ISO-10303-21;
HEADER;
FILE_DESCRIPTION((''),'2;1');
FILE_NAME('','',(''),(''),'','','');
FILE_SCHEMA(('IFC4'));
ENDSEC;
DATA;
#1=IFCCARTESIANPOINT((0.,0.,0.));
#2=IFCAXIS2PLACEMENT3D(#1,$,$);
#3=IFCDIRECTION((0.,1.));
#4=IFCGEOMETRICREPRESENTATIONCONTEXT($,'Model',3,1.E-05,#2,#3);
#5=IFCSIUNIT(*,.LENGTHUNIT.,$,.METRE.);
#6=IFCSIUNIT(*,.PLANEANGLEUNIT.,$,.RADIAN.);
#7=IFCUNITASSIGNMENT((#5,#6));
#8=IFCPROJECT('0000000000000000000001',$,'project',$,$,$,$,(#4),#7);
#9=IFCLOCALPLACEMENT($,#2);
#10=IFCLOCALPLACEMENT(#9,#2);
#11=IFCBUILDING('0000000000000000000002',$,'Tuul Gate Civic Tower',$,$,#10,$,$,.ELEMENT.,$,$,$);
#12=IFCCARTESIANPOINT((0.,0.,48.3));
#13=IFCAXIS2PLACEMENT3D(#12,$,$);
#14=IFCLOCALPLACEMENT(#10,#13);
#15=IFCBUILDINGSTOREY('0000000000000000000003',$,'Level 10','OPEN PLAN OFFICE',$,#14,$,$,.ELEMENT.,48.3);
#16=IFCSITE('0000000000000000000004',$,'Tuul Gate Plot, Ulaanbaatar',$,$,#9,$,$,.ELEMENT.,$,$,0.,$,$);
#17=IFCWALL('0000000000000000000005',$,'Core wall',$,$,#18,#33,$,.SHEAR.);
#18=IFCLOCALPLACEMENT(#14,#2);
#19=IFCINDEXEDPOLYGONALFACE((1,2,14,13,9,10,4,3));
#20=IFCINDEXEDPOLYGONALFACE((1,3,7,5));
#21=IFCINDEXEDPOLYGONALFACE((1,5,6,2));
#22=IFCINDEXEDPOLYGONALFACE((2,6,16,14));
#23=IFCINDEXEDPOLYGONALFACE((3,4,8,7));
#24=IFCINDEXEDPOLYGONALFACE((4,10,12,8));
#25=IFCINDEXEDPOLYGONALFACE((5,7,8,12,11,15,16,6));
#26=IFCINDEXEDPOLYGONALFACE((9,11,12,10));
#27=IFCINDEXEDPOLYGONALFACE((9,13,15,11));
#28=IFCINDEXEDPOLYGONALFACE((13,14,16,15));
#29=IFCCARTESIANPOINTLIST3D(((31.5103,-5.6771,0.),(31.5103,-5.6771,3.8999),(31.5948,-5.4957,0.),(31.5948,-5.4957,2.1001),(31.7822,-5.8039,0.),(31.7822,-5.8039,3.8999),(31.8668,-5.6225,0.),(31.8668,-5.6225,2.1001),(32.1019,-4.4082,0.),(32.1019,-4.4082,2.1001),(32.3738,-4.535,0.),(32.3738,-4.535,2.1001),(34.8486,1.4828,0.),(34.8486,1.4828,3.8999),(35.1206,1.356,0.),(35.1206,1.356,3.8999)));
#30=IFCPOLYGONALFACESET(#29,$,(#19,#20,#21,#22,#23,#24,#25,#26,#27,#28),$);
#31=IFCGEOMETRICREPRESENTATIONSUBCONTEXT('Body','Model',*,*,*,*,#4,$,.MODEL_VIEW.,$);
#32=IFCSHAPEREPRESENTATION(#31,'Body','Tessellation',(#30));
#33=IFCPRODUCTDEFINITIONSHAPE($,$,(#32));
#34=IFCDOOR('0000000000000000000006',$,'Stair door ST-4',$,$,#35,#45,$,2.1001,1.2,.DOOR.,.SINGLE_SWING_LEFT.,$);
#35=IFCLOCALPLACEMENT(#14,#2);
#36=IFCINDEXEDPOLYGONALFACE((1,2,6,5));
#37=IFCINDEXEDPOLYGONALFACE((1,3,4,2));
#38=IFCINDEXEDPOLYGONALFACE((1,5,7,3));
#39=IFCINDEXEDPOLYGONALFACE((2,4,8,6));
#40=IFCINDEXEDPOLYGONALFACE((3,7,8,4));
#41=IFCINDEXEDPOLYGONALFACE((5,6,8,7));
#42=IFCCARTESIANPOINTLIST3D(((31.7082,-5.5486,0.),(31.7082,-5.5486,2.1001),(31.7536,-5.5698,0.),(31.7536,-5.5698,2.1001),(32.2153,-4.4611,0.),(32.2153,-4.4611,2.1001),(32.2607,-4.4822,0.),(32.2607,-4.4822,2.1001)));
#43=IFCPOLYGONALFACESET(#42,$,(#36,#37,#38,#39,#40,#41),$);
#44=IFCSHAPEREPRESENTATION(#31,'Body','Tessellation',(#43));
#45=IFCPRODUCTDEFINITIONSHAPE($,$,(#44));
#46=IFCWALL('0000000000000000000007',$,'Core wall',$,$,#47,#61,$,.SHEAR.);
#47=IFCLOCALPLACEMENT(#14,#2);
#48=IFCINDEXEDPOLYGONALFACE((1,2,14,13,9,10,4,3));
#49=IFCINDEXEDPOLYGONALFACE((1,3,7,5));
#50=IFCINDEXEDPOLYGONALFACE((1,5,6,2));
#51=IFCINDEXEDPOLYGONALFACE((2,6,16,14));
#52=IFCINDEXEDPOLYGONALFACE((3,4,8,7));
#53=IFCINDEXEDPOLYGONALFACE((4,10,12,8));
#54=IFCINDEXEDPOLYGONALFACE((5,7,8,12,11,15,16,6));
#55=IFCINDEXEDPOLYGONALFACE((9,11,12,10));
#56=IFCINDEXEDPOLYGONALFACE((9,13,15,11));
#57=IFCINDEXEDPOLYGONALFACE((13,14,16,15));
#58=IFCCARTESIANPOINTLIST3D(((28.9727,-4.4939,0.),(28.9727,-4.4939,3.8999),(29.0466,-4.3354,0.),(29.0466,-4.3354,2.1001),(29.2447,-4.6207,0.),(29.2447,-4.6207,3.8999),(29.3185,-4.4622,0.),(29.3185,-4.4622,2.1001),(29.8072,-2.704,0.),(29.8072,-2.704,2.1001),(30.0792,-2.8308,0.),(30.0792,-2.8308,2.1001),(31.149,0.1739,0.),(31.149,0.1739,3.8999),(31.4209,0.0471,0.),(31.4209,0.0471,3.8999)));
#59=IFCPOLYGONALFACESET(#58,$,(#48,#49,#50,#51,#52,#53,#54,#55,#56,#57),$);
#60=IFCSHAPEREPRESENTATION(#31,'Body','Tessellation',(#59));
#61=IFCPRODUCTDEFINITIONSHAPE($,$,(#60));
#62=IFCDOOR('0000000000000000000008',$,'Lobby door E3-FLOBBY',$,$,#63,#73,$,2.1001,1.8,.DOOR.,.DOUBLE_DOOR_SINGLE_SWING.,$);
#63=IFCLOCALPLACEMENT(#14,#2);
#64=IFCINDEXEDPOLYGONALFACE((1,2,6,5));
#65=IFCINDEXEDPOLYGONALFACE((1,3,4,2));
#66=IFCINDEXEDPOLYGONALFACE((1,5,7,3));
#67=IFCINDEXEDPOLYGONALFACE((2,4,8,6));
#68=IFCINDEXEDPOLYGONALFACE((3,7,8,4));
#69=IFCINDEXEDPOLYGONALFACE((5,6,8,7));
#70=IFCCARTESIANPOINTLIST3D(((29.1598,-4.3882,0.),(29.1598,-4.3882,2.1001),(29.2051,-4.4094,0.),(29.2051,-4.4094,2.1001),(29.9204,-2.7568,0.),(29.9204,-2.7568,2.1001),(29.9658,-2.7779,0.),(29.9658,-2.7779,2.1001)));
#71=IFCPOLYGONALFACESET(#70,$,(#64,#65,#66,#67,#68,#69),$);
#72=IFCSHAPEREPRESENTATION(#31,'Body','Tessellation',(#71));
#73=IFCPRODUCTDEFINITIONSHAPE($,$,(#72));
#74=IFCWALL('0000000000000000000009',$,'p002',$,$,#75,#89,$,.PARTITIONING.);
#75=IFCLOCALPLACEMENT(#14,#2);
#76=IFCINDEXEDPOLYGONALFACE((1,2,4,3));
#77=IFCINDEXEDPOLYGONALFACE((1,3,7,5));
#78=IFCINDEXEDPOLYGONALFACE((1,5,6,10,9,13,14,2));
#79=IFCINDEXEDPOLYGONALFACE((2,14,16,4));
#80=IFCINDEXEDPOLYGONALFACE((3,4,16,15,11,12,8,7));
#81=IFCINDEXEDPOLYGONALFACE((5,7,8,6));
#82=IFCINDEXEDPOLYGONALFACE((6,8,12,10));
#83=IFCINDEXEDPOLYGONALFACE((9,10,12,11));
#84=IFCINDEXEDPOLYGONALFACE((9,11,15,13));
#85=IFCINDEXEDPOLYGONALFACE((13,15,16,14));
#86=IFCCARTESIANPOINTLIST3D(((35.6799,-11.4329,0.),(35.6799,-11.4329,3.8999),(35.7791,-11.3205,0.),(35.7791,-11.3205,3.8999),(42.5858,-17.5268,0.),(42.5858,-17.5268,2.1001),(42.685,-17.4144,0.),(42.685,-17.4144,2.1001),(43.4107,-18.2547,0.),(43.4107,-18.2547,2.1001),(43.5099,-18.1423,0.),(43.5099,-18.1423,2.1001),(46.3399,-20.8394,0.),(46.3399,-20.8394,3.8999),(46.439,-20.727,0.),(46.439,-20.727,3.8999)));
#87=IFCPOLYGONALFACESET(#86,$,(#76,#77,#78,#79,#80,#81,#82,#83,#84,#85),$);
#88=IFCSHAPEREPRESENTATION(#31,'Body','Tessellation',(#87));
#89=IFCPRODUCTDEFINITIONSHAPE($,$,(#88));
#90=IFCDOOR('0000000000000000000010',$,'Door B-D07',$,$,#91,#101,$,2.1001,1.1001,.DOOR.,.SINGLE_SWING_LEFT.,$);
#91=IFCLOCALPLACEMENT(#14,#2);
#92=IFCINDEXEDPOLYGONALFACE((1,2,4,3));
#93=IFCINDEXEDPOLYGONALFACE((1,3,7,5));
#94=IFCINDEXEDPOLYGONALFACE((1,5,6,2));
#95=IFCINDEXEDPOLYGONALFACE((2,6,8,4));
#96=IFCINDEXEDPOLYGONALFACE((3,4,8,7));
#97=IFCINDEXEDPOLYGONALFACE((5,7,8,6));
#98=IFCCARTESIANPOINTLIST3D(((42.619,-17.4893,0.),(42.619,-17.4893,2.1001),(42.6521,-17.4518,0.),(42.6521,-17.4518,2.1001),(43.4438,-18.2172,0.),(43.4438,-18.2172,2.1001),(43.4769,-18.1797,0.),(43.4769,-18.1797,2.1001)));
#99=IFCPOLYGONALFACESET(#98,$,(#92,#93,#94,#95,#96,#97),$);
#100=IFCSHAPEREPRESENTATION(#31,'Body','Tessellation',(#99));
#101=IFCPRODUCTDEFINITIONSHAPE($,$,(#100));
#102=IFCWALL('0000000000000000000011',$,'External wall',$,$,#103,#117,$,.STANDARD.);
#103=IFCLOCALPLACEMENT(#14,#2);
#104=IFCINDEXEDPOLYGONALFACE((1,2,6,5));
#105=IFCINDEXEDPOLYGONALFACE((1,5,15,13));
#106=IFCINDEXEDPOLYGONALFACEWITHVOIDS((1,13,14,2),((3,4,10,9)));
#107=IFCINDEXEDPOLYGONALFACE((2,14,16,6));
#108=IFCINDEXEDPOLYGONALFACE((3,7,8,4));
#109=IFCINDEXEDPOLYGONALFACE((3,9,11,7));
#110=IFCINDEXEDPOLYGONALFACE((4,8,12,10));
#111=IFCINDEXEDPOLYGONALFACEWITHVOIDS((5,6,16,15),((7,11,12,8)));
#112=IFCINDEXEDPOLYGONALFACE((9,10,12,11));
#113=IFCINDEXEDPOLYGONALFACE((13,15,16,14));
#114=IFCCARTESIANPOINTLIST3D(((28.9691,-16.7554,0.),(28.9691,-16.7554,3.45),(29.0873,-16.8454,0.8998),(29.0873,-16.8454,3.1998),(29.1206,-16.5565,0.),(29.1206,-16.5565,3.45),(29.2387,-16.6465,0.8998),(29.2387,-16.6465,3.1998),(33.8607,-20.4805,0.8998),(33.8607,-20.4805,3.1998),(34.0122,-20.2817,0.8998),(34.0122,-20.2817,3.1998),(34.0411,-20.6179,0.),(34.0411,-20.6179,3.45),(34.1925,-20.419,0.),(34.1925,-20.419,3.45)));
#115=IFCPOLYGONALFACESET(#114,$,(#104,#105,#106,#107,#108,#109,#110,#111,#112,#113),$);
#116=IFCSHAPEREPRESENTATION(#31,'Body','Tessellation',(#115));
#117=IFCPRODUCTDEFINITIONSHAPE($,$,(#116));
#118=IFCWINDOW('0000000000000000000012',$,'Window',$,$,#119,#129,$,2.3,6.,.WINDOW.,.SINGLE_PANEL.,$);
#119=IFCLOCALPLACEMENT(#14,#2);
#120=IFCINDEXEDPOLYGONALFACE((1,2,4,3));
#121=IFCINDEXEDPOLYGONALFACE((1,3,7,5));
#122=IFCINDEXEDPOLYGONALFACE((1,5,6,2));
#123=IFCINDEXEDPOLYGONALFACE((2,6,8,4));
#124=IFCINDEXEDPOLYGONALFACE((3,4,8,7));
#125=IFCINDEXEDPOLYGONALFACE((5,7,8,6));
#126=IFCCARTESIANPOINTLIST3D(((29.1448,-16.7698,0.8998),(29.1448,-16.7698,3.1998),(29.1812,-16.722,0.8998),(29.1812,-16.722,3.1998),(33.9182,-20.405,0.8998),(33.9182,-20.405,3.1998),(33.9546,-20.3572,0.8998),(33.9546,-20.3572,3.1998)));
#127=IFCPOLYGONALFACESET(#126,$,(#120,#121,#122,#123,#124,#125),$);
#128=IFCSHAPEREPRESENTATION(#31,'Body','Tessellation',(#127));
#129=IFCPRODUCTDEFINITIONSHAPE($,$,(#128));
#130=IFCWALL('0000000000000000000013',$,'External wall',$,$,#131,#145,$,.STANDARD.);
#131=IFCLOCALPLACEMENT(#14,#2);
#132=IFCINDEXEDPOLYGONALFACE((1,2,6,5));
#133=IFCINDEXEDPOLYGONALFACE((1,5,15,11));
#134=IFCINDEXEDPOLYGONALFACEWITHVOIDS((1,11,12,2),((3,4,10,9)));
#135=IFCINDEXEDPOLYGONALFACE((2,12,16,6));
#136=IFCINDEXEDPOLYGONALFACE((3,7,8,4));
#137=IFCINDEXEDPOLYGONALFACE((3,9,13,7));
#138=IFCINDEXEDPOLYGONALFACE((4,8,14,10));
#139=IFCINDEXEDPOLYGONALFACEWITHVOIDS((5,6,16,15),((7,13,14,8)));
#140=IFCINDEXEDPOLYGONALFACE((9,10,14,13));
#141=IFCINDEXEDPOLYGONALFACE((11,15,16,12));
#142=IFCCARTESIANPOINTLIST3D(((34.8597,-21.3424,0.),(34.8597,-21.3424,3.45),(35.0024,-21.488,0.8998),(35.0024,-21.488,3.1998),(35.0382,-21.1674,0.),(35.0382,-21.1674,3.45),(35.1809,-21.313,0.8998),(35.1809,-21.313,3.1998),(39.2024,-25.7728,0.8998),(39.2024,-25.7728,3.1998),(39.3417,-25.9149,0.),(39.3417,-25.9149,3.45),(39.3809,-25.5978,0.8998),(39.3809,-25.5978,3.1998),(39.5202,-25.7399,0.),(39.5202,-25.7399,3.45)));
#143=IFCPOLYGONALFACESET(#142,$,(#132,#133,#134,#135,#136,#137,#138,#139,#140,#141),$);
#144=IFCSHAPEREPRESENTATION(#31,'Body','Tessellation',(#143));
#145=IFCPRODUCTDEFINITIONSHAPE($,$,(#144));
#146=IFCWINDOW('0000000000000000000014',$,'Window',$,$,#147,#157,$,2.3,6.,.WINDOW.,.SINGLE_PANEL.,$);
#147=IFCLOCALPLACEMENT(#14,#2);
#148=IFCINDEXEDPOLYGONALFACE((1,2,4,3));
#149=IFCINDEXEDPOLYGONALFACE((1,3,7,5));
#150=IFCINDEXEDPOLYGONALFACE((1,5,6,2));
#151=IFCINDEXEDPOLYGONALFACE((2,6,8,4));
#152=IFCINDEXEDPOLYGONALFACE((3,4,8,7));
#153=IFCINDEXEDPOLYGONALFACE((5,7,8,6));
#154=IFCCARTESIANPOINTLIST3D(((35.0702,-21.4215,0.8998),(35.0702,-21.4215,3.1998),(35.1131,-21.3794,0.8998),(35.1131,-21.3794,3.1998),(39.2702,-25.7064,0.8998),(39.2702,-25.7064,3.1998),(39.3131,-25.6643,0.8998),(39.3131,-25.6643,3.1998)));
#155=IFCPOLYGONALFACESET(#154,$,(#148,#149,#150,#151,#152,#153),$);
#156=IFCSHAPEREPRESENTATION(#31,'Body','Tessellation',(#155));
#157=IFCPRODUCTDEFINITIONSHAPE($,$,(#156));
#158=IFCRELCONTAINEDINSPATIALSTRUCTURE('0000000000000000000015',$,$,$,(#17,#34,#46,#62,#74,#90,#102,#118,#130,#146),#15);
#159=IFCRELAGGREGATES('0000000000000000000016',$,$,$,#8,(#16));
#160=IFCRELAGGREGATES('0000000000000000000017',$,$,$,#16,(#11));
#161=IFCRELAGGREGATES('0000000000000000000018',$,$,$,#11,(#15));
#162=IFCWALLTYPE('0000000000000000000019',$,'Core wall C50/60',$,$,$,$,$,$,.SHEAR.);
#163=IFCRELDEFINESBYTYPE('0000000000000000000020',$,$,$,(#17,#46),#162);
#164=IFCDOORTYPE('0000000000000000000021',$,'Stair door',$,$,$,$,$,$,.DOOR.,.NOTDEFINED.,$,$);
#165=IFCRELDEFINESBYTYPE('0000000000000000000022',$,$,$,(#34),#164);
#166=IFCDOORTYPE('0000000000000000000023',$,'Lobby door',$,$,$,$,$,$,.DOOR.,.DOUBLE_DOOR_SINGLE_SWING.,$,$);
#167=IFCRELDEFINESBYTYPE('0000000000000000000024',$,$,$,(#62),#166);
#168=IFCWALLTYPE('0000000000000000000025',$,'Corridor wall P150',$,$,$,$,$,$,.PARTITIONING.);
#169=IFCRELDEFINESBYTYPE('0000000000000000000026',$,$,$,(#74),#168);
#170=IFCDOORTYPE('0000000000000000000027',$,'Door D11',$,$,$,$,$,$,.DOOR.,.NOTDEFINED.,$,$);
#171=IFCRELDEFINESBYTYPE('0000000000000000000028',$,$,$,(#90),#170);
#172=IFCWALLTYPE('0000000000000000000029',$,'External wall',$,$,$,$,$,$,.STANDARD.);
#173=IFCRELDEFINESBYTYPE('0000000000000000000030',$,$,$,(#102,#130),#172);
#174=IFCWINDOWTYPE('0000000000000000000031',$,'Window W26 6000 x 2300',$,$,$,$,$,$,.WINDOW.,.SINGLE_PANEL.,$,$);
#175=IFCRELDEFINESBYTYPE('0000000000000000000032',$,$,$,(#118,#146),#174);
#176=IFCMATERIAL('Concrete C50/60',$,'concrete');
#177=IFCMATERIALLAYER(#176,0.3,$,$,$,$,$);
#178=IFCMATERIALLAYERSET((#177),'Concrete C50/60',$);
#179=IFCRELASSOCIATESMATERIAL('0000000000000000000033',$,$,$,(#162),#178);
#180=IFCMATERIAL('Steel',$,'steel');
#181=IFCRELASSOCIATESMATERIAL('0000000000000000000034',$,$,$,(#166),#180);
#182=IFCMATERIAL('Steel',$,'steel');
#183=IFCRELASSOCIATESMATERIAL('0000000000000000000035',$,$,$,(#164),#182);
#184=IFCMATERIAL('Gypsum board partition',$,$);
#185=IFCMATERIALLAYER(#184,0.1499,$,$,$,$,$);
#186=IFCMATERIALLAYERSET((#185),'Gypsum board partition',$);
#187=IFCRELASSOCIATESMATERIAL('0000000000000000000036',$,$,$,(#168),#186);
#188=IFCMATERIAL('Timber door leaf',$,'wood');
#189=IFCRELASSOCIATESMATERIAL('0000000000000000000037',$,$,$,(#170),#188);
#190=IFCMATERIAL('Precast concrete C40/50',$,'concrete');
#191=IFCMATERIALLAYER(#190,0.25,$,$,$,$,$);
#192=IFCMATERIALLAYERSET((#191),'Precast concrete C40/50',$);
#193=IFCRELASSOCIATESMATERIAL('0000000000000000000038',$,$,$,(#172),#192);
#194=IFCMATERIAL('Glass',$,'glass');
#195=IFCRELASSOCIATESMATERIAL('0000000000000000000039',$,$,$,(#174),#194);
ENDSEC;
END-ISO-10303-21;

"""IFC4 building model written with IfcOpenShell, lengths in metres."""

from ifc_helpers import new_model, si_unit, direction, frame, frame_2d, origin, place, context, subcontext, project, spatial, rectangle, extrude, material, layer, layer_set, type_object, element, fill, save


model = new_model("IFC4")

# Units and contexts
model_context = context("Model", 3, precision=1e-05, world=origin(), true_north=direction((0.0, 1.0)))
body_context = subcontext(model_context, "Body", "Model", "MODEL_VIEW")
ifc_project = project(units=[si_unit("LENGTHUNIT", "METRE"), si_unit("PLANEANGLEUNIT", "RADIAN")], contexts=[model_context])

# Site, building, storey
site_placement = place(None, origin())
site = spatial("IfcSite", under=ifc_project, at=site_placement, Name="Tuul Gate Plot, Ulaanbaatar", CompositionType="ELEMENT", RefElevation=0.0)
building_placement = place(site_placement, origin())
building = spatial("IfcBuilding", under=site, at=building_placement, Name="Tuul Gate Civic Tower", CompositionType="ELEMENT")
storey_placement = place(building_placement, frame((0.0, 0.0, 48.3)))
storey = spatial("IfcBuildingStorey", under=building, at=storey_placement, Name="Level 10", Description="OPEN PLAN OFFICE", CompositionType="ELEMENT", Elevation=48.3)

# Shared definitions
ifc_material_1 = material(Name="Concrete C50/60", Category="concrete")
ifc_layer_1 = layer(ifc_material_1, 0.3)
ifc_layer_set_1 = layer_set([ifc_layer_1], Name="Concrete C50/60")
wall_type_1 = type_object("IfcWallType", Name="Core wall C50/60", PredefinedType="SHEAR", material=ifc_layer_set_1)
ifc_material_2 = material(Name="Steel", Category="steel")
door_type_1 = type_object("IfcDoorType", Name="Lobby door", OperationType="DOUBLE_DOOR_SINGLE_SWING", PredefinedType="DOOR", material=ifc_material_2)

# Walls, openings, doors
wall_1_placement = place(storey_placement, frame((31.6462, -5.7405, 0.0), z_axis=(0.0, 0.0, 1.0), x_axis=(0.422583, 0.906324, 0.0)))
wall_1 = element("IfcWall", 1, at=wall_1_placement, inside=storey, type_object=wall_type_1, Name="Core wall", PredefinedType="SHEAR", context=body_context, shape_type="SweptSolid", body=[
    extrude(rectangle(XDim=7.8999, YDim=0.3, at=frame_2d((3.95, 0.0))), origin(), (0.0, 0.0, 1.0), 3.8999),
])
opening_1_placement = place(wall_1_placement, frame((0.2, 0.0, 0.0)))
opening_1 = element("IfcOpeningElement", 2, at=opening_1_placement, cuts=wall_1, PredefinedType="OPENING", context=body_context, shape_type="SweptSolid", body=[
    extrude(rectangle(XDim=1.2, YDim=2.1001, at=frame_2d((0.6001, 1.05))), frame((0.0, 0.1602, 0.0), z_axis=(0.0, -1.0, 0.0), x_axis=(1.0, 0.0, 0.0)), (0.0, 0.0, 1.0), 0.3201),
])
ifc_material_3 = material(Name="Steel", Category="steel")
door_type_2 = type_object("IfcDoorType", Name="Stair door", OperationType="NOTDEFINED", PredefinedType="DOOR", material=ifc_material_3)
door_1_placement = place(opening_1_placement, origin())
door_1 = element("IfcDoor", 3, at=door_1_placement, inside=storey, type_object=door_type_2, Name="Stair door ST-4", OperationType="SINGLE_SWING_LEFT", OverallHeight=2.1001, OverallWidth=1.2, PredefinedType="DOOR", context=body_context, shape_type="SweptSolid", body=[
    extrude(rectangle(XDim=1.2, YDim=2.1001, at=frame_2d((0.6001, 1.05))), frame((0.0, 0.0249, 0.0), z_axis=(0.0, -1.0, 0.0), x_axis=(1.0, 0.0, 0.0)), (0.0, 0.0, 1.0), 0.05),
])
fill(opening_1, door_1)
wall_2_placement = place(storey_placement, frame((29.1086, -4.5574, 0.0), z_axis=(0.0, 0.0, 1.0), x_axis=(0.422566, 0.906332, 0.0)))
wall_2 = element("IfcWall", 4, at=wall_2_placement, inside=storey, type_object=wall_type_1, Name="Core wall", PredefinedType="SHEAR", context=body_context, shape_type="SweptSolid", body=[
    extrude(rectangle(XDim=5.1501, YDim=0.3, at=frame_2d((2.5752, 0.0))), origin(), (0.0, 0.0, 1.0), 3.8999),
])
opening_2_placement = place(wall_2_placement, frame((0.175, 0.0, 0.0)))
opening_2 = element("IfcOpeningElement", 5, at=opening_2_placement, cuts=wall_2, PredefinedType="OPENING", context=body_context, shape_type="SweptSolid", body=[
    extrude(rectangle(XDim=1.8, YDim=2.1001, at=frame_2d((0.8999, 1.05))), frame((0.0, 0.1602, 0.0), z_axis=(0.0, -1.0, 0.0), x_axis=(1.0, 0.0, 0.0)), (0.0, 0.0, 1.0), 0.3201),
])
door_2_placement = place(opening_2_placement, frame((1.8, 0.0, 0.0), z_axis=(0.0, 0.0, 1.0), x_axis=(-1.0, 0.0, 0.0)))
door_2 = element("IfcDoor", 6, at=door_2_placement, inside=storey, type_object=door_type_1, Name="Lobby door E3-FLOBBY", OperationType="DOUBLE_DOOR_SINGLE_SWING", OverallHeight=2.1001, OverallWidth=1.8, PredefinedType="DOOR", context=body_context, shape_type="SweptSolid", body=[
    extrude(rectangle(XDim=1.8, YDim=2.1001, at=frame_2d((0.9001, 1.05))), frame((0.0, 0.0249, 0.0), z_axis=(0.0, -1.0, 0.0), x_axis=(1.0, 0.0, 0.0)), (0.0, 0.0, 1.0), 0.05),
])
fill(opening_2, door_2)
ifc_material_4 = material(Name="Gypsum board partition")
ifc_layer_2 = layer(ifc_material_4, 0.1499)
ifc_layer_set_2 = layer_set([ifc_layer_2], Name="Gypsum board partition")
wall_type_2 = type_object("IfcWallType", Name="Corridor wall P150", PredefinedType="PARTITIONING", material=ifc_layer_set_2)
wall_3_placement = place(storey_placement, frame((35.7295, -11.3767, 0.0), z_axis=(0.0, 0.0, 1.0), x_axis=(0.749814, -0.661649, 0.0)))
wall_3 = element("IfcWall", 7, at=wall_3_placement, inside=storey, type_object=wall_type_2, Name="p002", PredefinedType="PARTITIONING", context=body_context, shape_type="SweptSolid", body=[
    extrude(rectangle(XDim=14.2168, YDim=0.1499, at=frame_2d((7.1084, 0.0))), origin(), (0.0, 0.0, 1.0), 3.8999),
])
opening_3_placement = place(wall_3_placement, frame((9.2102, 0.0, 0.0)))
opening_3 = element("IfcOpeningElement", 8, at=opening_3_placement, cuts=wall_3, PredefinedType="OPENING", context=body_context, shape_type="SweptSolid", body=[
    extrude(rectangle(XDim=1.1001, YDim=2.1001, at=frame_2d((0.55, 1.05))), frame((0.0, 0.085, 0.0), z_axis=(0.0, -1.0, 0.0), x_axis=(1.0, 0.0, 0.0)), (0.0, 0.0, 1.0), 0.1699),
])
ifc_material_5 = material(Name="Timber door leaf", Category="wood")
door_type_3 = type_object("IfcDoorType", Name="Door D11", OperationType="NOTDEFINED", PredefinedType="DOOR", material=ifc_material_5)
door_3_placement = place(opening_3_placement, frame((1.1001, 0.0, 0.0), z_axis=(0.0, 0.0, 1.0), x_axis=(-1.0, 0.0, 0.0)))
door_3 = element("IfcDoor", 9, at=door_3_placement, inside=storey, type_object=door_type_3, Name="Door B-D07", OperationType="SINGLE_SWING_LEFT", OverallHeight=2.1001, OverallWidth=1.1001, PredefinedType="DOOR", context=body_context, shape_type="SweptSolid", body=[
    extrude(rectangle(XDim=1.1001, YDim=2.1001, at=frame_2d((0.55, 1.05))), frame((0.0, 0.0249, 0.0), z_axis=(0.0, -1.0, 0.0), x_axis=(1.0, 0.0, 0.0)), (0.0, 0.0, 1.0), 0.05),
])
fill(opening_3, door_3)

# Walls, openings, windows
ifc_material_6 = material(Name="Precast concrete C40/50", Category="concrete")
ifc_layer_3 = layer(ifc_material_6, 0.25)
ifc_layer_set_3 = layer_set([ifc_layer_3], Name="Precast concrete C40/50")
wall_type_3 = type_object("IfcWallType", Name="External wall", PredefinedType="STANDARD", material=ifc_layer_set_3)
wall_4_placement = place(storey_placement, frame((29.0449, -16.656, 0.0), z_axis=(0.0, 0.0, 1.0), x_axis=(0.795571, -0.60586, 0.0)))
wall_4 = element("IfcWall", 10, at=wall_4_placement, inside=storey, type_object=wall_type_3, Name="External wall", PredefinedType="STANDARD", context=body_context, shape_type="SweptSolid", body=[
    extrude(rectangle(XDim=6.3752, YDim=0.25, at=frame_2d((3.1875, 0.0))), origin(), (0.0, 0.0, 1.0), 3.45),
])
opening_4_placement = place(wall_4_placement, frame((0.1484, 0.0, 0.8999)))
opening_4 = element("IfcOpeningElement", 11, at=opening_4_placement, cuts=wall_4, PredefinedType="OPENING", context=body_context, shape_type="SweptSolid", body=[
    extrude(rectangle(XDim=6.0, YDim=2.3, at=frame_2d((3.0, 1.1499))), frame((0.0, 0.135, 0.0), z_axis=(0.0, -1.0, 0.0), x_axis=(1.0, 0.0, 0.0)), (0.0, 0.0, 1.0), 0.27),
])
ifc_material_7 = material(Name="Glass", Category="glass")
window_type = type_object("IfcWindowType", Name="Window W26 6000 x 2300", PartitioningType="SINGLE_PANEL", PredefinedType="WINDOW", material=ifc_material_7)
window_1_placement = place(opening_4_placement, origin())
window_1 = element("IfcWindow", 12, at=window_1_placement, inside=storey, type_object=window_type, Name="Window", OverallHeight=2.3, OverallWidth=6.0, PartitioningType="SINGLE_PANEL", PredefinedType="WINDOW", context=body_context, shape_type="SweptSolid", body=[
    extrude(rectangle(XDim=6.0, YDim=2.3, at=frame_2d((3.0, 1.1499))), frame((0.0, 0.03, 0.0), z_axis=(0.0, -1.0, 0.0), x_axis=(1.0, 0.0, 0.0)), (0.0, 0.0, 1.0), 0.0601),
])
fill(opening_4, window_1)
wall_5_placement = place(storey_placement, frame((34.949, -21.2549, 0.0), z_axis=(0.0, 0.0, 1.0), x_axis=(0.699998, -0.714145, 0.0)))
wall_5 = element("IfcWall", 13, at=wall_5_placement, inside=storey, type_object=wall_type_3, Name="External wall", PredefinedType="STANDARD", context=body_context, shape_type="SweptSolid", body=[
    extrude(rectangle(XDim=6.4028, YDim=0.25, at=frame_2d((3.2014, 0.0))), origin(), (0.0, 0.0, 1.0), 3.45),
])
opening_5_placement = place(wall_5_placement, frame((0.2039, 0.0, 0.8999)))
opening_5 = element("IfcOpeningElement", 14, at=opening_5_placement, cuts=wall_5, PredefinedType="OPENING", context=body_context, shape_type="SweptSolid", body=[
    extrude(rectangle(XDim=6.0, YDim=2.3, at=frame_2d((3.0, 1.1499))), frame((0.0, 0.135, 0.0), z_axis=(0.0, -1.0, 0.0), x_axis=(1.0, 0.0, 0.0)), (0.0, 0.0, 1.0), 0.27),
])
window_2_placement = place(opening_5_placement, origin())
window_2 = element("IfcWindow", 15, at=window_2_placement, inside=storey, type_object=window_type, Name="Window", OverallHeight=2.3, OverallWidth=6.0, PartitioningType="SINGLE_PANEL", PredefinedType="WINDOW", context=body_context, shape_type="SweptSolid", body=[
    extrude(rectangle(XDim=6.0, YDim=2.3, at=frame_2d((3.0, 1.1499))), frame((0.0, 0.03, 0.0), z_axis=(0.0, -1.0, 0.0), x_axis=(1.0, 0.0, 0.0)), (0.0, 0.0, 1.0), 0.0601),
])
fill(opening_5, window_2)

save(model, "model.ifc")
